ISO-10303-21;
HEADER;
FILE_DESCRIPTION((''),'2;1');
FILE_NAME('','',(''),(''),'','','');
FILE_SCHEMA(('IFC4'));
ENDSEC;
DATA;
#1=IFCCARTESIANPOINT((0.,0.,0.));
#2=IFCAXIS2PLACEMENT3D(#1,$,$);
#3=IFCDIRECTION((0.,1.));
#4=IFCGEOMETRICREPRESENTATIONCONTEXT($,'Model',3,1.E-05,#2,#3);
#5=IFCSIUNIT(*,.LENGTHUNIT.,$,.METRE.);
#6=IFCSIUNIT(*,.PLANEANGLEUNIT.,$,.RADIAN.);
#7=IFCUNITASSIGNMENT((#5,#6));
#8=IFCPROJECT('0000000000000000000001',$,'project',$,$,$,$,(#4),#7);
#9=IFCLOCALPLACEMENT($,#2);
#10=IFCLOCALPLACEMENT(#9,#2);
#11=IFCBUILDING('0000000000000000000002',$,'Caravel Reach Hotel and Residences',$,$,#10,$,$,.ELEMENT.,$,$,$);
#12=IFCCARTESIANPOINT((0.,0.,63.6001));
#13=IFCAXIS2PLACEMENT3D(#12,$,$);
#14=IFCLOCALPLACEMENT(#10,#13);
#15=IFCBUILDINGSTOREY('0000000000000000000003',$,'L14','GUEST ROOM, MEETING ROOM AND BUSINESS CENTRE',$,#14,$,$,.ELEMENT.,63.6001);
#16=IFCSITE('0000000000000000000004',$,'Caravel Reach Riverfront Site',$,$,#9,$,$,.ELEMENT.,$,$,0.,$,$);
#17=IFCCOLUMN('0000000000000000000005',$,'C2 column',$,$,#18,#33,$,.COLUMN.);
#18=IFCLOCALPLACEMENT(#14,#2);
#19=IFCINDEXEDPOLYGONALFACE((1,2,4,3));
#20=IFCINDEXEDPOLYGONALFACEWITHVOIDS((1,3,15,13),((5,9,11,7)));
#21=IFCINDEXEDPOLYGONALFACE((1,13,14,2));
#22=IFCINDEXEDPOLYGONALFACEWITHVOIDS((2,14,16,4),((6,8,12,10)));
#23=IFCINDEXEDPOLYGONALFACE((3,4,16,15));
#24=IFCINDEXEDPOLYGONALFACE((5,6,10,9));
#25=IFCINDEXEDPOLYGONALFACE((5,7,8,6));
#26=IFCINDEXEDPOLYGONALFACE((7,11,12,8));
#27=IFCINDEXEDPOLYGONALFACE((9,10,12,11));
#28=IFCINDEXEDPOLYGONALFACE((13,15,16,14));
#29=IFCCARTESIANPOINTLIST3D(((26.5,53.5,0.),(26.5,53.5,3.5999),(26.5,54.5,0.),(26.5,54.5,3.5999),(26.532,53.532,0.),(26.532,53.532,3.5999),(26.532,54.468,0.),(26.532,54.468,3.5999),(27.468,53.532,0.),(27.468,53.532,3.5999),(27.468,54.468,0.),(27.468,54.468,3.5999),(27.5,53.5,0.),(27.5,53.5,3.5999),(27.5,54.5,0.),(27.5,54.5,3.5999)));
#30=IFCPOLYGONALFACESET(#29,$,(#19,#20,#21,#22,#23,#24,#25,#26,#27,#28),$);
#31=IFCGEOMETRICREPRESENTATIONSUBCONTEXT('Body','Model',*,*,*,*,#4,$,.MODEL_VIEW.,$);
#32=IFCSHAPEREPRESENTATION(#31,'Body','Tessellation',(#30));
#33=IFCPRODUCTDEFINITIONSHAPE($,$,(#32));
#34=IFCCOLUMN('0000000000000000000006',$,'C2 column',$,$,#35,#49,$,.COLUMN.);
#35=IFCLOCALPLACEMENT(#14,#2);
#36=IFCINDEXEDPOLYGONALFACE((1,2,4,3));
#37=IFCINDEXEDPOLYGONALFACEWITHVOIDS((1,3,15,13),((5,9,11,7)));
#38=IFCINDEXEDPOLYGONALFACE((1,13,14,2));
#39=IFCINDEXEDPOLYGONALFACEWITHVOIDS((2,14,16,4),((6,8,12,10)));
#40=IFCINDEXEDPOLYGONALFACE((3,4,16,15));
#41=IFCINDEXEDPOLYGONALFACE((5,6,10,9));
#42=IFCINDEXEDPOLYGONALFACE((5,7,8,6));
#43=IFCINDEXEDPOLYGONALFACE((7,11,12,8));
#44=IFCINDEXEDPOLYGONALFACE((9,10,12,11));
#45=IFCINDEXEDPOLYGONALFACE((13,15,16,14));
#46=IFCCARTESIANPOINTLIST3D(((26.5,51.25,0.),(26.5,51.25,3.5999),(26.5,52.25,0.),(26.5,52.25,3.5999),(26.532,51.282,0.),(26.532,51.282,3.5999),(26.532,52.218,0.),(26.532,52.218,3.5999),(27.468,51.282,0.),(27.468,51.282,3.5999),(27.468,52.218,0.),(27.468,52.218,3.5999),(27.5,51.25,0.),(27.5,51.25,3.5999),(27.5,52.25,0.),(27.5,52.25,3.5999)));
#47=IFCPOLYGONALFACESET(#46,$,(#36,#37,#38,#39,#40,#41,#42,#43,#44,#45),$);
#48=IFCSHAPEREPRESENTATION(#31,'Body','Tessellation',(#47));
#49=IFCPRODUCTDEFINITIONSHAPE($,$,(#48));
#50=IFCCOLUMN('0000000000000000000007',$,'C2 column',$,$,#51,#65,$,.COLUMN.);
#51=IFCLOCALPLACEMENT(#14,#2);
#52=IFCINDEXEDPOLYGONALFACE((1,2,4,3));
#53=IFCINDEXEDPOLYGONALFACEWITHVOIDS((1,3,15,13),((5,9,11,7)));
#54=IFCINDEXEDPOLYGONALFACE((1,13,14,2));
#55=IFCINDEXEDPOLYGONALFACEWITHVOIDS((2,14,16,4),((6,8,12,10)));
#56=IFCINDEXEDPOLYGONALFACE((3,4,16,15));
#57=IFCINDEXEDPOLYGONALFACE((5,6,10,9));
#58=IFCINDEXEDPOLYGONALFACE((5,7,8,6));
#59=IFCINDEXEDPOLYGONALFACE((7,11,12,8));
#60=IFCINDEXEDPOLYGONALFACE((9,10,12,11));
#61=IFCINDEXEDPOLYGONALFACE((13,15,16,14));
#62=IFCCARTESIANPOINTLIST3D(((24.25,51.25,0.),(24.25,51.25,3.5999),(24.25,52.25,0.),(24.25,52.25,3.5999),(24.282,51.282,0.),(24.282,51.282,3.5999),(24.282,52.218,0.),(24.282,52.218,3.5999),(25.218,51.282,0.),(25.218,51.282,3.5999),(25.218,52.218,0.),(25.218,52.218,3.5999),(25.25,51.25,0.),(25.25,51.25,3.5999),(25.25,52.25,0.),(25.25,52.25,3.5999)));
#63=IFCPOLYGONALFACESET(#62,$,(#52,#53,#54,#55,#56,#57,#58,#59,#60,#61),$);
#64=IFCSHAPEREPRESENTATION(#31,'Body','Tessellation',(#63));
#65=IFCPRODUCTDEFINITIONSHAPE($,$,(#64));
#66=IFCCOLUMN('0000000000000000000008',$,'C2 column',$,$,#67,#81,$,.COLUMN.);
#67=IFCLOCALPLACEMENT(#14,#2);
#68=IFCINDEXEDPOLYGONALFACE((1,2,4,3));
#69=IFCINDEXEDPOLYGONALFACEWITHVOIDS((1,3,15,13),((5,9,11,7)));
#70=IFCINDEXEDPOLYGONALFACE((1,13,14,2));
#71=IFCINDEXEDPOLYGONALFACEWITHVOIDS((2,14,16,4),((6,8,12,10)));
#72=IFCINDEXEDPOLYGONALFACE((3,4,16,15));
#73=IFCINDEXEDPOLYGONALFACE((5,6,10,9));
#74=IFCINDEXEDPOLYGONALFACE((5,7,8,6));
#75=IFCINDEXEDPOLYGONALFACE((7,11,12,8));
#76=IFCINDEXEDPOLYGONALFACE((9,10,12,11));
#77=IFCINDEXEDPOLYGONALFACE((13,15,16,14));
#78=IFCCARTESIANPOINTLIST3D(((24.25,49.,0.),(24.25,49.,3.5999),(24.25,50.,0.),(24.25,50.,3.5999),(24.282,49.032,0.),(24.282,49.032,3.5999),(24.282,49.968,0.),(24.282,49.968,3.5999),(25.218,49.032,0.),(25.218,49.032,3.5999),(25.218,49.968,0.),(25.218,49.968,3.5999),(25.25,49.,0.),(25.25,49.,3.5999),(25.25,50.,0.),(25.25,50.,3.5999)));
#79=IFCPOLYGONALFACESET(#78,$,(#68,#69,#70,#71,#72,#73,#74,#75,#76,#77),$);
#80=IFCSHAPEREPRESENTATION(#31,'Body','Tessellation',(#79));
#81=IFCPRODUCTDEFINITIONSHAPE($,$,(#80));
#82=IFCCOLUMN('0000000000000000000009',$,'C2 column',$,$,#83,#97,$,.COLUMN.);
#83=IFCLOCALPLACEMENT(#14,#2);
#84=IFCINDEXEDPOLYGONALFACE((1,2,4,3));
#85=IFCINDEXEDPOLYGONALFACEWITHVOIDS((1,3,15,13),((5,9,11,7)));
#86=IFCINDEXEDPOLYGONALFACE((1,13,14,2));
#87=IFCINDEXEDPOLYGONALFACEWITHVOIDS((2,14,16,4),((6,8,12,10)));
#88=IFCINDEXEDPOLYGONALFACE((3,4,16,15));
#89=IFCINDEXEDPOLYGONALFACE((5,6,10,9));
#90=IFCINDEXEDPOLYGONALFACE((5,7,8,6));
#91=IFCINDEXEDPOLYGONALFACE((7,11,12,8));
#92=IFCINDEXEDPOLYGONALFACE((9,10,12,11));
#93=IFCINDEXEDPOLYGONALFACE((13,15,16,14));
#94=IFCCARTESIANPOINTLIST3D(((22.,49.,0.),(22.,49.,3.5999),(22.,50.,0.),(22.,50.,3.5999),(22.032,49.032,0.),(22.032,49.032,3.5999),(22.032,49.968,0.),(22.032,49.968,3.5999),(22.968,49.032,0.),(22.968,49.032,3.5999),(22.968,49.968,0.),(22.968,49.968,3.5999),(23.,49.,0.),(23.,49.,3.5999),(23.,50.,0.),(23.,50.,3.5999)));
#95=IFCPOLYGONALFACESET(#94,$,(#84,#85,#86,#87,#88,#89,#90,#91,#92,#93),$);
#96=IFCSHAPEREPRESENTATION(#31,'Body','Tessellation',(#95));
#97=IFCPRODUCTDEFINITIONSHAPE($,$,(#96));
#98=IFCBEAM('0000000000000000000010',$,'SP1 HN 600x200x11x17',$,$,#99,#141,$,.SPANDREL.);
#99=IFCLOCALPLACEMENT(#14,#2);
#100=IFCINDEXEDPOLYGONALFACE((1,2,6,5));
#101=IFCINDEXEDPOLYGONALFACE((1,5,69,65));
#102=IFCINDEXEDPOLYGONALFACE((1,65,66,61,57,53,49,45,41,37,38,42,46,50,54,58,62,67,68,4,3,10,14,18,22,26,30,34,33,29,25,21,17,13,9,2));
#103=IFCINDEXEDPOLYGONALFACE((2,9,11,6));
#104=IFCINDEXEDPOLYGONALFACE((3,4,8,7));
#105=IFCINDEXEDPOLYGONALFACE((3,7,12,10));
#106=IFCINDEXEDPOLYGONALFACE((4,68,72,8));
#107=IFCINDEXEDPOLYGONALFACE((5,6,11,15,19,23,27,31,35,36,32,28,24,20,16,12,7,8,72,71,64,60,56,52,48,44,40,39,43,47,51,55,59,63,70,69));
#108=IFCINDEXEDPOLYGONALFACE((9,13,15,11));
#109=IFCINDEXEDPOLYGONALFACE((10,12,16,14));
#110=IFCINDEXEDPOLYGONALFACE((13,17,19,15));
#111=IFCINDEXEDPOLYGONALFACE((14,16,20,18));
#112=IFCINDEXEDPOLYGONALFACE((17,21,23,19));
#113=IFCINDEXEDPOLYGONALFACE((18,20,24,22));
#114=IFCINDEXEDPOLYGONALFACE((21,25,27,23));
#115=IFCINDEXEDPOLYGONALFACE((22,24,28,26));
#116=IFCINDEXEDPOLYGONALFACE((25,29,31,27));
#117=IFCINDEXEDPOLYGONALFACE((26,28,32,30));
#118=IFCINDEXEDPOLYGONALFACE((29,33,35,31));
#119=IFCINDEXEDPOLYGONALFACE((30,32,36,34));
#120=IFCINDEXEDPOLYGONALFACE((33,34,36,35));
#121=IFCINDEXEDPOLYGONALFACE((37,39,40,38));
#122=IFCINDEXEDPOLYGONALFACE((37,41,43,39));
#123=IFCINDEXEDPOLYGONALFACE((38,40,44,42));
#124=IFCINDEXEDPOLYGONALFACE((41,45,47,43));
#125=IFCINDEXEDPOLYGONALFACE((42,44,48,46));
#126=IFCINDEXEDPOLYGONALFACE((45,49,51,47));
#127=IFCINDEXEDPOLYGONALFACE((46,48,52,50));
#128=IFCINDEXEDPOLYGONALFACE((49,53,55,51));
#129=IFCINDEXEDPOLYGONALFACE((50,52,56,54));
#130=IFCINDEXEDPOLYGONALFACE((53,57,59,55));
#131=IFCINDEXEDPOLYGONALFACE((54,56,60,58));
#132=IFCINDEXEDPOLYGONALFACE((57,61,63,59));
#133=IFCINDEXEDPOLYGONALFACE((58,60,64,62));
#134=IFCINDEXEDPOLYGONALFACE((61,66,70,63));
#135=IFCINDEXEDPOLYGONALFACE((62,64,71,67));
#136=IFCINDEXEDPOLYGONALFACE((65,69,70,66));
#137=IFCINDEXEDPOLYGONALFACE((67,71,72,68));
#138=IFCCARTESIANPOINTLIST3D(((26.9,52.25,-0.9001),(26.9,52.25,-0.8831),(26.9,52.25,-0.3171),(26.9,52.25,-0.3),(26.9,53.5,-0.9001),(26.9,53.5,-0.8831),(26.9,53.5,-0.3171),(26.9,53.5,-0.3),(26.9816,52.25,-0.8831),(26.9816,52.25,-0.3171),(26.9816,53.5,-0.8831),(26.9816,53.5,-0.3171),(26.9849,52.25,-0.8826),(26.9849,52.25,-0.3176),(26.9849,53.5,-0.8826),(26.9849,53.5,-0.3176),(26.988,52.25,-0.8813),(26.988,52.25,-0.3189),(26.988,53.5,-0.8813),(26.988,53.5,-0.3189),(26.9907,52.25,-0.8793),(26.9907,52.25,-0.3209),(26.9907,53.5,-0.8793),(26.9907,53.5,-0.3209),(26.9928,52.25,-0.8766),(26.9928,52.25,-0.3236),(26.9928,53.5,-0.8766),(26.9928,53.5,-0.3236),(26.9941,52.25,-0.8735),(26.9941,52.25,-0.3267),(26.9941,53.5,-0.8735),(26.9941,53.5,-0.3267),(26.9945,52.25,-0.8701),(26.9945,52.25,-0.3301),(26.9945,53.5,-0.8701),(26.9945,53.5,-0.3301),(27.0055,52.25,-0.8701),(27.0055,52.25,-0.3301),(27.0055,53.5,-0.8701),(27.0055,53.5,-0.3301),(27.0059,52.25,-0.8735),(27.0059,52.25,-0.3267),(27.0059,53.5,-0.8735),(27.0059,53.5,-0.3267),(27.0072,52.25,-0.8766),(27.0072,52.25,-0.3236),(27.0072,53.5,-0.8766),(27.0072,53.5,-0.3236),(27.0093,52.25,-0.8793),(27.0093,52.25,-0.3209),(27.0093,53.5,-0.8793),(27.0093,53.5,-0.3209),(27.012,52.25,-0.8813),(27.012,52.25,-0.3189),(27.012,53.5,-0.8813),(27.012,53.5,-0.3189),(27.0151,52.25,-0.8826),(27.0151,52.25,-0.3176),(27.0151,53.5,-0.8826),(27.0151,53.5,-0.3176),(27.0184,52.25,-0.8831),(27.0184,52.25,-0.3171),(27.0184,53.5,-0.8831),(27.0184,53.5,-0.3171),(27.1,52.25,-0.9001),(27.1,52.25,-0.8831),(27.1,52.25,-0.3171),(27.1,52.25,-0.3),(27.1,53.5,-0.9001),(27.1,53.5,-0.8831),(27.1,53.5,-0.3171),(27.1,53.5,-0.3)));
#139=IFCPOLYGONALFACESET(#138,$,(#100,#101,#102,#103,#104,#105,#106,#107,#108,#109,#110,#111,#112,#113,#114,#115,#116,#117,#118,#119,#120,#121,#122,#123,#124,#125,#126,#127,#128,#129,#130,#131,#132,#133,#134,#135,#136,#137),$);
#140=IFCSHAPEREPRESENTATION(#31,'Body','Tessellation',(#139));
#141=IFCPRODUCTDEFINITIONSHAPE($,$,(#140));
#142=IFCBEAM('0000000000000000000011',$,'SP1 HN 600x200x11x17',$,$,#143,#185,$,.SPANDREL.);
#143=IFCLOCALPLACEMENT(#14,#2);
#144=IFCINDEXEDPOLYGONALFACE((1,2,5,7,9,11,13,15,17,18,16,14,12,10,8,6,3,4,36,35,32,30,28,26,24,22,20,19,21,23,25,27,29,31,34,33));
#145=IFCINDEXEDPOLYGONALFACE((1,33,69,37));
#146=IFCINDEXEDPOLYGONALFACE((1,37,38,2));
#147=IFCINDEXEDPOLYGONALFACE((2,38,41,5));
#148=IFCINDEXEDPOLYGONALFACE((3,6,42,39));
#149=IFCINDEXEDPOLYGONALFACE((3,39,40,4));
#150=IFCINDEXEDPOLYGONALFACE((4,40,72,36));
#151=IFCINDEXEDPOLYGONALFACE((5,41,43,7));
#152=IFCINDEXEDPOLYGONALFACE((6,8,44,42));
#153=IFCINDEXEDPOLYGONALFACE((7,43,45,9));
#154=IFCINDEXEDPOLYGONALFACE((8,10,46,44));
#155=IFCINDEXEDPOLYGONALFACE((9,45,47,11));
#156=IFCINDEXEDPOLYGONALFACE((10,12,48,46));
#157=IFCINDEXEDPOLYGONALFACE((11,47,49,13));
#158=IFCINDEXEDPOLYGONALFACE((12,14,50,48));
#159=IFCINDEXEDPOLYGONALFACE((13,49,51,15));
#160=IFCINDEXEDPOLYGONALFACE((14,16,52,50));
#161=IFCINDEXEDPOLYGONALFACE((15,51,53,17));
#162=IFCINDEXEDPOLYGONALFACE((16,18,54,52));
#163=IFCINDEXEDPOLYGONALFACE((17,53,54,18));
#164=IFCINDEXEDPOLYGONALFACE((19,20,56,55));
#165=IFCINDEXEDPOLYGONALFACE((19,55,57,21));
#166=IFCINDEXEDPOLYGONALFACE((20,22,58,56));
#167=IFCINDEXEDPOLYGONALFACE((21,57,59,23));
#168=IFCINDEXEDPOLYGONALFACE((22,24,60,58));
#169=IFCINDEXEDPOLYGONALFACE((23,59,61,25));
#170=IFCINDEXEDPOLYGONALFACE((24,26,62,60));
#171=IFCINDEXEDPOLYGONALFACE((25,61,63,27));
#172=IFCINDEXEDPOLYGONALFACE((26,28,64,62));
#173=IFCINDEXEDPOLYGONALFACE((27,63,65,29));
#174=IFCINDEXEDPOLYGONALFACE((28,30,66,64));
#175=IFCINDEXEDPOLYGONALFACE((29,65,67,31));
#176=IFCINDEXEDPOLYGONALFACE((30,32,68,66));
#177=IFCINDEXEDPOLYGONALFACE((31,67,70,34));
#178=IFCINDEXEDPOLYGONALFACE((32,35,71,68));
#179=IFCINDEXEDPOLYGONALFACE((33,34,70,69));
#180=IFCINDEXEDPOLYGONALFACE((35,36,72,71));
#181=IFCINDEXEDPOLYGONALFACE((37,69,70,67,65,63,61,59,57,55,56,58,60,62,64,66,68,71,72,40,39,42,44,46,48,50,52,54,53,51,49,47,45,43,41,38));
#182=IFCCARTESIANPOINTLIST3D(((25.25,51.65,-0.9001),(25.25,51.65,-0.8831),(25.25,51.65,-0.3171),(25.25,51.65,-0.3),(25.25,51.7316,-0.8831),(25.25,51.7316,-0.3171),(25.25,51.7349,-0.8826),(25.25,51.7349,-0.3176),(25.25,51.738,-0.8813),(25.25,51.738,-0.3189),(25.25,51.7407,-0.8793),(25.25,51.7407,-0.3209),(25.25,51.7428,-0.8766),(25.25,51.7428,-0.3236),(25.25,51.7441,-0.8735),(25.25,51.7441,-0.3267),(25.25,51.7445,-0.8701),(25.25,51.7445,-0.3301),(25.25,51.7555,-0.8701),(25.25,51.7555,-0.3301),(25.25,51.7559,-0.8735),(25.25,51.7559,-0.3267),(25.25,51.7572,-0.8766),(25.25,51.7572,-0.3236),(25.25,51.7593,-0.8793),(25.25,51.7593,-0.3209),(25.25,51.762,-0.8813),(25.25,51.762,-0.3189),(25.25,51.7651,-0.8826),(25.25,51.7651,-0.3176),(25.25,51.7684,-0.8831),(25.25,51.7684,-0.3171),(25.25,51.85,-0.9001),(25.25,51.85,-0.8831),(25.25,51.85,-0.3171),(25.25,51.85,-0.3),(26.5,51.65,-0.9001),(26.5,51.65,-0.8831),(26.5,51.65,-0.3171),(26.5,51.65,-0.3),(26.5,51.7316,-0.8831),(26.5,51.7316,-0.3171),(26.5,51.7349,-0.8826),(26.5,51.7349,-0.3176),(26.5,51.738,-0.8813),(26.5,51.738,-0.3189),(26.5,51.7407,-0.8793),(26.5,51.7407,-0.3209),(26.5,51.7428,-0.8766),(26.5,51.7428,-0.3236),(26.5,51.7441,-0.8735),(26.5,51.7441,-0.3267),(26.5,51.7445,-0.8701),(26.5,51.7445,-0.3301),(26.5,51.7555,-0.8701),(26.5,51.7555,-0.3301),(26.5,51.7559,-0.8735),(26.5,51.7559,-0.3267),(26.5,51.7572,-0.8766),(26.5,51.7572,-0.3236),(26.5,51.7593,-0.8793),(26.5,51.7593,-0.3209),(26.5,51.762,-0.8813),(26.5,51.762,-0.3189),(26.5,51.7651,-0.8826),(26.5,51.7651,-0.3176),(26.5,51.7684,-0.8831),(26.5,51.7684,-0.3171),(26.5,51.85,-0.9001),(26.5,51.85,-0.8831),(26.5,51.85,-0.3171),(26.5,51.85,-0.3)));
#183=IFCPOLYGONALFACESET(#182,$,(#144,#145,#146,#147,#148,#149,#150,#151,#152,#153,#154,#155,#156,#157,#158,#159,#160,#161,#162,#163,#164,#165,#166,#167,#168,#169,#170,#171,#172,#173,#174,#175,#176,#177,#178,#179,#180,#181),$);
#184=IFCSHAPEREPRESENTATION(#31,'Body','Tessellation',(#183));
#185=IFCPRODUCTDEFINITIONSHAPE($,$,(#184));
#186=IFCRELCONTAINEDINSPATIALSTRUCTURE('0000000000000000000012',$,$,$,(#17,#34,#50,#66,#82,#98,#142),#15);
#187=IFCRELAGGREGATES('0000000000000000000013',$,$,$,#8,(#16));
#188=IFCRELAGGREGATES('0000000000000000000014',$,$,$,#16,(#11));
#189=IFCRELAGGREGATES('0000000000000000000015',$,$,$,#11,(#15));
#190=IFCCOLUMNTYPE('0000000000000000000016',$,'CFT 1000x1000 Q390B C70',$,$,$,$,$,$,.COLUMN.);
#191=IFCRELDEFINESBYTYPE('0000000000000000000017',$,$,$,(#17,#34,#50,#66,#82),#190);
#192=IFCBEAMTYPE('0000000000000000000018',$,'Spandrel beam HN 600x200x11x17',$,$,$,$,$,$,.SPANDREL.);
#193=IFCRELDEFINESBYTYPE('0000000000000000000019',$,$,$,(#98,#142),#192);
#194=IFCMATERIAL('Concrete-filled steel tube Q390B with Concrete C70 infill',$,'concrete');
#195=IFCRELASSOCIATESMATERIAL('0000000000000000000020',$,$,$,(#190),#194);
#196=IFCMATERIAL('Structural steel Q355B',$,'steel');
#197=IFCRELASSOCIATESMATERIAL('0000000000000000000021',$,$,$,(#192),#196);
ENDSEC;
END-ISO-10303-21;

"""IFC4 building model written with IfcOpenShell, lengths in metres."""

from ifc_helpers import new_model, si_unit, direction, frame, origin, origin_2d, place, context, subcontext, project, spatial, hollow_rectangle, i_section, extrude, material, material_profile, profile_set, type_object, element, save


model = new_model("IFC4")

# Units and contexts
model_context = context("Model", 3, precision=1e-05, world=origin(), true_north=direction((0.0, 1.0)))
body_context = subcontext(model_context, "Body", "Model", "MODEL_VIEW")
ifc_project = project(units=[si_unit("LENGTHUNIT", "METRE"), si_unit("PLANEANGLEUNIT", "RADIAN")], contexts=[model_context])

# Site, building, storey
site_placement = place(None, origin())
site = spatial("IfcSite", under=ifc_project, at=site_placement, Name="Caravel Reach Riverfront Site", CompositionType="ELEMENT", RefElevation=0.0)
building_placement = place(site_placement, origin())
building = spatial("IfcBuilding", under=site, at=building_placement, Name="Caravel Reach Hotel and Residences", CompositionType="ELEMENT")
storey_placement = place(building_placement, frame((0.0, 0.0, 63.6001)))
storey = spatial("IfcBuildingStorey", under=building, at=storey_placement, Name="L14", Description="GUEST ROOM, MEETING ROOM AND BUSINESS CENTRE", CompositionType="ELEMENT", Elevation=63.6001)

# Columns
ifc_material_1 = material(Name="Concrete-filled steel tube Q390B with Concrete C70 infill", Category="concrete")
ifc_material_profile_1 = material_profile(ifc_material_1, hollow_rectangle(XDim=1.0, YDim=1.0, WallThickness=0.032, at=origin_2d()), Name="RHS 1000x1000x32")
ifc_profile_set_1 = profile_set([ifc_material_profile_1], Name="Concrete-filled steel tube Q390B with Concrete C70 infill")
column_type = type_object("IfcColumnType", Name="CFT 1000x1000 Q390B C70", PredefinedType="COLUMN", material=ifc_profile_set_1)
for number, where, z_axis, x_axis, name in (
    (1, (27.0, 54.0, 0.0), (0.0, 0.0, 1.0), (1.0, 0.0, 0.0), "C2 column"),
    (2, (27.0, 51.75, 0.0), (0.0, 0.0, 1.0), (1.0, 0.0, 0.0), "C2 column"),
    (3, (24.75, 51.75, 0.0), (0.0, 0.0, 1.0), (1.0, 0.0, 0.0), "C2 column"),
    (4, (24.75, 49.5, 0.0), (0.0, 0.0, 1.0), (1.0, 0.0, 0.0), "C2 column"),
    (5, (22.5, 49.5, 0.0), (0.0, 0.0, 1.0), (1.0, 0.0, 0.0), "C2 column"),
):
    element("IfcColumn", number, at=place(storey_placement, frame(where, z_axis=z_axis, x_axis=x_axis)), inside=storey, type_object=column_type, Name=name, PredefinedType="COLUMN", context=body_context, shape_type="SweptSolid", body=[
        extrude(hollow_rectangle(XDim=1.0, YDim=1.0, WallThickness=0.032, at=origin_2d()), origin(), (0.0, 0.0, 1.0), 3.5999),
    ])

# Beams
ifc_material_2 = material(Name="Structural steel Q355B", Category="steel")
ifc_material_profile_2 = material_profile(ifc_material_2, i_section(OverallWidth=0.2, OverallDepth=0.6001, WebThickness=0.011, FlangeThickness=0.0171, FilletRadius=0.0129, at=origin_2d()), Name="HN 600x200x11x17")
ifc_profile_set_2 = profile_set([ifc_material_profile_2], Name="Structural steel Q355B")
beam_type = type_object("IfcBeamType", Name="Spandrel beam HN 600x200x11x17", PredefinedType="SPANDREL", material=ifc_profile_set_2)
for number, where, z_axis, x_axis, name in (
    (6, (27.0, 53.5, -0.6001), (0.0, -1.0, 0.0), (1.0, 0.0, 0.0), "SP1 HN 600x200x11x17"),
    (7, (26.5, 51.75, -0.6001), (-1.0, 0.0, 0.0), (0.0, -1.0, 0.0), "SP1 HN 600x200x11x17"),
):
    element("IfcBeam", number, at=place(storey_placement, frame(where, z_axis=z_axis, x_axis=x_axis)), inside=storey, type_object=beam_type, Name=name, PredefinedType="SPANDREL", context=body_context, shape_type="SweptSolid", body=[
        extrude(i_section(OverallWidth=0.2, OverallDepth=0.6001, WebThickness=0.011, FlangeThickness=0.0171, FilletRadius=0.0129, at=origin_2d()), origin(), (0.0, 0.0, 1.0), 1.25),
    ])

save(model, "model.ifc")
